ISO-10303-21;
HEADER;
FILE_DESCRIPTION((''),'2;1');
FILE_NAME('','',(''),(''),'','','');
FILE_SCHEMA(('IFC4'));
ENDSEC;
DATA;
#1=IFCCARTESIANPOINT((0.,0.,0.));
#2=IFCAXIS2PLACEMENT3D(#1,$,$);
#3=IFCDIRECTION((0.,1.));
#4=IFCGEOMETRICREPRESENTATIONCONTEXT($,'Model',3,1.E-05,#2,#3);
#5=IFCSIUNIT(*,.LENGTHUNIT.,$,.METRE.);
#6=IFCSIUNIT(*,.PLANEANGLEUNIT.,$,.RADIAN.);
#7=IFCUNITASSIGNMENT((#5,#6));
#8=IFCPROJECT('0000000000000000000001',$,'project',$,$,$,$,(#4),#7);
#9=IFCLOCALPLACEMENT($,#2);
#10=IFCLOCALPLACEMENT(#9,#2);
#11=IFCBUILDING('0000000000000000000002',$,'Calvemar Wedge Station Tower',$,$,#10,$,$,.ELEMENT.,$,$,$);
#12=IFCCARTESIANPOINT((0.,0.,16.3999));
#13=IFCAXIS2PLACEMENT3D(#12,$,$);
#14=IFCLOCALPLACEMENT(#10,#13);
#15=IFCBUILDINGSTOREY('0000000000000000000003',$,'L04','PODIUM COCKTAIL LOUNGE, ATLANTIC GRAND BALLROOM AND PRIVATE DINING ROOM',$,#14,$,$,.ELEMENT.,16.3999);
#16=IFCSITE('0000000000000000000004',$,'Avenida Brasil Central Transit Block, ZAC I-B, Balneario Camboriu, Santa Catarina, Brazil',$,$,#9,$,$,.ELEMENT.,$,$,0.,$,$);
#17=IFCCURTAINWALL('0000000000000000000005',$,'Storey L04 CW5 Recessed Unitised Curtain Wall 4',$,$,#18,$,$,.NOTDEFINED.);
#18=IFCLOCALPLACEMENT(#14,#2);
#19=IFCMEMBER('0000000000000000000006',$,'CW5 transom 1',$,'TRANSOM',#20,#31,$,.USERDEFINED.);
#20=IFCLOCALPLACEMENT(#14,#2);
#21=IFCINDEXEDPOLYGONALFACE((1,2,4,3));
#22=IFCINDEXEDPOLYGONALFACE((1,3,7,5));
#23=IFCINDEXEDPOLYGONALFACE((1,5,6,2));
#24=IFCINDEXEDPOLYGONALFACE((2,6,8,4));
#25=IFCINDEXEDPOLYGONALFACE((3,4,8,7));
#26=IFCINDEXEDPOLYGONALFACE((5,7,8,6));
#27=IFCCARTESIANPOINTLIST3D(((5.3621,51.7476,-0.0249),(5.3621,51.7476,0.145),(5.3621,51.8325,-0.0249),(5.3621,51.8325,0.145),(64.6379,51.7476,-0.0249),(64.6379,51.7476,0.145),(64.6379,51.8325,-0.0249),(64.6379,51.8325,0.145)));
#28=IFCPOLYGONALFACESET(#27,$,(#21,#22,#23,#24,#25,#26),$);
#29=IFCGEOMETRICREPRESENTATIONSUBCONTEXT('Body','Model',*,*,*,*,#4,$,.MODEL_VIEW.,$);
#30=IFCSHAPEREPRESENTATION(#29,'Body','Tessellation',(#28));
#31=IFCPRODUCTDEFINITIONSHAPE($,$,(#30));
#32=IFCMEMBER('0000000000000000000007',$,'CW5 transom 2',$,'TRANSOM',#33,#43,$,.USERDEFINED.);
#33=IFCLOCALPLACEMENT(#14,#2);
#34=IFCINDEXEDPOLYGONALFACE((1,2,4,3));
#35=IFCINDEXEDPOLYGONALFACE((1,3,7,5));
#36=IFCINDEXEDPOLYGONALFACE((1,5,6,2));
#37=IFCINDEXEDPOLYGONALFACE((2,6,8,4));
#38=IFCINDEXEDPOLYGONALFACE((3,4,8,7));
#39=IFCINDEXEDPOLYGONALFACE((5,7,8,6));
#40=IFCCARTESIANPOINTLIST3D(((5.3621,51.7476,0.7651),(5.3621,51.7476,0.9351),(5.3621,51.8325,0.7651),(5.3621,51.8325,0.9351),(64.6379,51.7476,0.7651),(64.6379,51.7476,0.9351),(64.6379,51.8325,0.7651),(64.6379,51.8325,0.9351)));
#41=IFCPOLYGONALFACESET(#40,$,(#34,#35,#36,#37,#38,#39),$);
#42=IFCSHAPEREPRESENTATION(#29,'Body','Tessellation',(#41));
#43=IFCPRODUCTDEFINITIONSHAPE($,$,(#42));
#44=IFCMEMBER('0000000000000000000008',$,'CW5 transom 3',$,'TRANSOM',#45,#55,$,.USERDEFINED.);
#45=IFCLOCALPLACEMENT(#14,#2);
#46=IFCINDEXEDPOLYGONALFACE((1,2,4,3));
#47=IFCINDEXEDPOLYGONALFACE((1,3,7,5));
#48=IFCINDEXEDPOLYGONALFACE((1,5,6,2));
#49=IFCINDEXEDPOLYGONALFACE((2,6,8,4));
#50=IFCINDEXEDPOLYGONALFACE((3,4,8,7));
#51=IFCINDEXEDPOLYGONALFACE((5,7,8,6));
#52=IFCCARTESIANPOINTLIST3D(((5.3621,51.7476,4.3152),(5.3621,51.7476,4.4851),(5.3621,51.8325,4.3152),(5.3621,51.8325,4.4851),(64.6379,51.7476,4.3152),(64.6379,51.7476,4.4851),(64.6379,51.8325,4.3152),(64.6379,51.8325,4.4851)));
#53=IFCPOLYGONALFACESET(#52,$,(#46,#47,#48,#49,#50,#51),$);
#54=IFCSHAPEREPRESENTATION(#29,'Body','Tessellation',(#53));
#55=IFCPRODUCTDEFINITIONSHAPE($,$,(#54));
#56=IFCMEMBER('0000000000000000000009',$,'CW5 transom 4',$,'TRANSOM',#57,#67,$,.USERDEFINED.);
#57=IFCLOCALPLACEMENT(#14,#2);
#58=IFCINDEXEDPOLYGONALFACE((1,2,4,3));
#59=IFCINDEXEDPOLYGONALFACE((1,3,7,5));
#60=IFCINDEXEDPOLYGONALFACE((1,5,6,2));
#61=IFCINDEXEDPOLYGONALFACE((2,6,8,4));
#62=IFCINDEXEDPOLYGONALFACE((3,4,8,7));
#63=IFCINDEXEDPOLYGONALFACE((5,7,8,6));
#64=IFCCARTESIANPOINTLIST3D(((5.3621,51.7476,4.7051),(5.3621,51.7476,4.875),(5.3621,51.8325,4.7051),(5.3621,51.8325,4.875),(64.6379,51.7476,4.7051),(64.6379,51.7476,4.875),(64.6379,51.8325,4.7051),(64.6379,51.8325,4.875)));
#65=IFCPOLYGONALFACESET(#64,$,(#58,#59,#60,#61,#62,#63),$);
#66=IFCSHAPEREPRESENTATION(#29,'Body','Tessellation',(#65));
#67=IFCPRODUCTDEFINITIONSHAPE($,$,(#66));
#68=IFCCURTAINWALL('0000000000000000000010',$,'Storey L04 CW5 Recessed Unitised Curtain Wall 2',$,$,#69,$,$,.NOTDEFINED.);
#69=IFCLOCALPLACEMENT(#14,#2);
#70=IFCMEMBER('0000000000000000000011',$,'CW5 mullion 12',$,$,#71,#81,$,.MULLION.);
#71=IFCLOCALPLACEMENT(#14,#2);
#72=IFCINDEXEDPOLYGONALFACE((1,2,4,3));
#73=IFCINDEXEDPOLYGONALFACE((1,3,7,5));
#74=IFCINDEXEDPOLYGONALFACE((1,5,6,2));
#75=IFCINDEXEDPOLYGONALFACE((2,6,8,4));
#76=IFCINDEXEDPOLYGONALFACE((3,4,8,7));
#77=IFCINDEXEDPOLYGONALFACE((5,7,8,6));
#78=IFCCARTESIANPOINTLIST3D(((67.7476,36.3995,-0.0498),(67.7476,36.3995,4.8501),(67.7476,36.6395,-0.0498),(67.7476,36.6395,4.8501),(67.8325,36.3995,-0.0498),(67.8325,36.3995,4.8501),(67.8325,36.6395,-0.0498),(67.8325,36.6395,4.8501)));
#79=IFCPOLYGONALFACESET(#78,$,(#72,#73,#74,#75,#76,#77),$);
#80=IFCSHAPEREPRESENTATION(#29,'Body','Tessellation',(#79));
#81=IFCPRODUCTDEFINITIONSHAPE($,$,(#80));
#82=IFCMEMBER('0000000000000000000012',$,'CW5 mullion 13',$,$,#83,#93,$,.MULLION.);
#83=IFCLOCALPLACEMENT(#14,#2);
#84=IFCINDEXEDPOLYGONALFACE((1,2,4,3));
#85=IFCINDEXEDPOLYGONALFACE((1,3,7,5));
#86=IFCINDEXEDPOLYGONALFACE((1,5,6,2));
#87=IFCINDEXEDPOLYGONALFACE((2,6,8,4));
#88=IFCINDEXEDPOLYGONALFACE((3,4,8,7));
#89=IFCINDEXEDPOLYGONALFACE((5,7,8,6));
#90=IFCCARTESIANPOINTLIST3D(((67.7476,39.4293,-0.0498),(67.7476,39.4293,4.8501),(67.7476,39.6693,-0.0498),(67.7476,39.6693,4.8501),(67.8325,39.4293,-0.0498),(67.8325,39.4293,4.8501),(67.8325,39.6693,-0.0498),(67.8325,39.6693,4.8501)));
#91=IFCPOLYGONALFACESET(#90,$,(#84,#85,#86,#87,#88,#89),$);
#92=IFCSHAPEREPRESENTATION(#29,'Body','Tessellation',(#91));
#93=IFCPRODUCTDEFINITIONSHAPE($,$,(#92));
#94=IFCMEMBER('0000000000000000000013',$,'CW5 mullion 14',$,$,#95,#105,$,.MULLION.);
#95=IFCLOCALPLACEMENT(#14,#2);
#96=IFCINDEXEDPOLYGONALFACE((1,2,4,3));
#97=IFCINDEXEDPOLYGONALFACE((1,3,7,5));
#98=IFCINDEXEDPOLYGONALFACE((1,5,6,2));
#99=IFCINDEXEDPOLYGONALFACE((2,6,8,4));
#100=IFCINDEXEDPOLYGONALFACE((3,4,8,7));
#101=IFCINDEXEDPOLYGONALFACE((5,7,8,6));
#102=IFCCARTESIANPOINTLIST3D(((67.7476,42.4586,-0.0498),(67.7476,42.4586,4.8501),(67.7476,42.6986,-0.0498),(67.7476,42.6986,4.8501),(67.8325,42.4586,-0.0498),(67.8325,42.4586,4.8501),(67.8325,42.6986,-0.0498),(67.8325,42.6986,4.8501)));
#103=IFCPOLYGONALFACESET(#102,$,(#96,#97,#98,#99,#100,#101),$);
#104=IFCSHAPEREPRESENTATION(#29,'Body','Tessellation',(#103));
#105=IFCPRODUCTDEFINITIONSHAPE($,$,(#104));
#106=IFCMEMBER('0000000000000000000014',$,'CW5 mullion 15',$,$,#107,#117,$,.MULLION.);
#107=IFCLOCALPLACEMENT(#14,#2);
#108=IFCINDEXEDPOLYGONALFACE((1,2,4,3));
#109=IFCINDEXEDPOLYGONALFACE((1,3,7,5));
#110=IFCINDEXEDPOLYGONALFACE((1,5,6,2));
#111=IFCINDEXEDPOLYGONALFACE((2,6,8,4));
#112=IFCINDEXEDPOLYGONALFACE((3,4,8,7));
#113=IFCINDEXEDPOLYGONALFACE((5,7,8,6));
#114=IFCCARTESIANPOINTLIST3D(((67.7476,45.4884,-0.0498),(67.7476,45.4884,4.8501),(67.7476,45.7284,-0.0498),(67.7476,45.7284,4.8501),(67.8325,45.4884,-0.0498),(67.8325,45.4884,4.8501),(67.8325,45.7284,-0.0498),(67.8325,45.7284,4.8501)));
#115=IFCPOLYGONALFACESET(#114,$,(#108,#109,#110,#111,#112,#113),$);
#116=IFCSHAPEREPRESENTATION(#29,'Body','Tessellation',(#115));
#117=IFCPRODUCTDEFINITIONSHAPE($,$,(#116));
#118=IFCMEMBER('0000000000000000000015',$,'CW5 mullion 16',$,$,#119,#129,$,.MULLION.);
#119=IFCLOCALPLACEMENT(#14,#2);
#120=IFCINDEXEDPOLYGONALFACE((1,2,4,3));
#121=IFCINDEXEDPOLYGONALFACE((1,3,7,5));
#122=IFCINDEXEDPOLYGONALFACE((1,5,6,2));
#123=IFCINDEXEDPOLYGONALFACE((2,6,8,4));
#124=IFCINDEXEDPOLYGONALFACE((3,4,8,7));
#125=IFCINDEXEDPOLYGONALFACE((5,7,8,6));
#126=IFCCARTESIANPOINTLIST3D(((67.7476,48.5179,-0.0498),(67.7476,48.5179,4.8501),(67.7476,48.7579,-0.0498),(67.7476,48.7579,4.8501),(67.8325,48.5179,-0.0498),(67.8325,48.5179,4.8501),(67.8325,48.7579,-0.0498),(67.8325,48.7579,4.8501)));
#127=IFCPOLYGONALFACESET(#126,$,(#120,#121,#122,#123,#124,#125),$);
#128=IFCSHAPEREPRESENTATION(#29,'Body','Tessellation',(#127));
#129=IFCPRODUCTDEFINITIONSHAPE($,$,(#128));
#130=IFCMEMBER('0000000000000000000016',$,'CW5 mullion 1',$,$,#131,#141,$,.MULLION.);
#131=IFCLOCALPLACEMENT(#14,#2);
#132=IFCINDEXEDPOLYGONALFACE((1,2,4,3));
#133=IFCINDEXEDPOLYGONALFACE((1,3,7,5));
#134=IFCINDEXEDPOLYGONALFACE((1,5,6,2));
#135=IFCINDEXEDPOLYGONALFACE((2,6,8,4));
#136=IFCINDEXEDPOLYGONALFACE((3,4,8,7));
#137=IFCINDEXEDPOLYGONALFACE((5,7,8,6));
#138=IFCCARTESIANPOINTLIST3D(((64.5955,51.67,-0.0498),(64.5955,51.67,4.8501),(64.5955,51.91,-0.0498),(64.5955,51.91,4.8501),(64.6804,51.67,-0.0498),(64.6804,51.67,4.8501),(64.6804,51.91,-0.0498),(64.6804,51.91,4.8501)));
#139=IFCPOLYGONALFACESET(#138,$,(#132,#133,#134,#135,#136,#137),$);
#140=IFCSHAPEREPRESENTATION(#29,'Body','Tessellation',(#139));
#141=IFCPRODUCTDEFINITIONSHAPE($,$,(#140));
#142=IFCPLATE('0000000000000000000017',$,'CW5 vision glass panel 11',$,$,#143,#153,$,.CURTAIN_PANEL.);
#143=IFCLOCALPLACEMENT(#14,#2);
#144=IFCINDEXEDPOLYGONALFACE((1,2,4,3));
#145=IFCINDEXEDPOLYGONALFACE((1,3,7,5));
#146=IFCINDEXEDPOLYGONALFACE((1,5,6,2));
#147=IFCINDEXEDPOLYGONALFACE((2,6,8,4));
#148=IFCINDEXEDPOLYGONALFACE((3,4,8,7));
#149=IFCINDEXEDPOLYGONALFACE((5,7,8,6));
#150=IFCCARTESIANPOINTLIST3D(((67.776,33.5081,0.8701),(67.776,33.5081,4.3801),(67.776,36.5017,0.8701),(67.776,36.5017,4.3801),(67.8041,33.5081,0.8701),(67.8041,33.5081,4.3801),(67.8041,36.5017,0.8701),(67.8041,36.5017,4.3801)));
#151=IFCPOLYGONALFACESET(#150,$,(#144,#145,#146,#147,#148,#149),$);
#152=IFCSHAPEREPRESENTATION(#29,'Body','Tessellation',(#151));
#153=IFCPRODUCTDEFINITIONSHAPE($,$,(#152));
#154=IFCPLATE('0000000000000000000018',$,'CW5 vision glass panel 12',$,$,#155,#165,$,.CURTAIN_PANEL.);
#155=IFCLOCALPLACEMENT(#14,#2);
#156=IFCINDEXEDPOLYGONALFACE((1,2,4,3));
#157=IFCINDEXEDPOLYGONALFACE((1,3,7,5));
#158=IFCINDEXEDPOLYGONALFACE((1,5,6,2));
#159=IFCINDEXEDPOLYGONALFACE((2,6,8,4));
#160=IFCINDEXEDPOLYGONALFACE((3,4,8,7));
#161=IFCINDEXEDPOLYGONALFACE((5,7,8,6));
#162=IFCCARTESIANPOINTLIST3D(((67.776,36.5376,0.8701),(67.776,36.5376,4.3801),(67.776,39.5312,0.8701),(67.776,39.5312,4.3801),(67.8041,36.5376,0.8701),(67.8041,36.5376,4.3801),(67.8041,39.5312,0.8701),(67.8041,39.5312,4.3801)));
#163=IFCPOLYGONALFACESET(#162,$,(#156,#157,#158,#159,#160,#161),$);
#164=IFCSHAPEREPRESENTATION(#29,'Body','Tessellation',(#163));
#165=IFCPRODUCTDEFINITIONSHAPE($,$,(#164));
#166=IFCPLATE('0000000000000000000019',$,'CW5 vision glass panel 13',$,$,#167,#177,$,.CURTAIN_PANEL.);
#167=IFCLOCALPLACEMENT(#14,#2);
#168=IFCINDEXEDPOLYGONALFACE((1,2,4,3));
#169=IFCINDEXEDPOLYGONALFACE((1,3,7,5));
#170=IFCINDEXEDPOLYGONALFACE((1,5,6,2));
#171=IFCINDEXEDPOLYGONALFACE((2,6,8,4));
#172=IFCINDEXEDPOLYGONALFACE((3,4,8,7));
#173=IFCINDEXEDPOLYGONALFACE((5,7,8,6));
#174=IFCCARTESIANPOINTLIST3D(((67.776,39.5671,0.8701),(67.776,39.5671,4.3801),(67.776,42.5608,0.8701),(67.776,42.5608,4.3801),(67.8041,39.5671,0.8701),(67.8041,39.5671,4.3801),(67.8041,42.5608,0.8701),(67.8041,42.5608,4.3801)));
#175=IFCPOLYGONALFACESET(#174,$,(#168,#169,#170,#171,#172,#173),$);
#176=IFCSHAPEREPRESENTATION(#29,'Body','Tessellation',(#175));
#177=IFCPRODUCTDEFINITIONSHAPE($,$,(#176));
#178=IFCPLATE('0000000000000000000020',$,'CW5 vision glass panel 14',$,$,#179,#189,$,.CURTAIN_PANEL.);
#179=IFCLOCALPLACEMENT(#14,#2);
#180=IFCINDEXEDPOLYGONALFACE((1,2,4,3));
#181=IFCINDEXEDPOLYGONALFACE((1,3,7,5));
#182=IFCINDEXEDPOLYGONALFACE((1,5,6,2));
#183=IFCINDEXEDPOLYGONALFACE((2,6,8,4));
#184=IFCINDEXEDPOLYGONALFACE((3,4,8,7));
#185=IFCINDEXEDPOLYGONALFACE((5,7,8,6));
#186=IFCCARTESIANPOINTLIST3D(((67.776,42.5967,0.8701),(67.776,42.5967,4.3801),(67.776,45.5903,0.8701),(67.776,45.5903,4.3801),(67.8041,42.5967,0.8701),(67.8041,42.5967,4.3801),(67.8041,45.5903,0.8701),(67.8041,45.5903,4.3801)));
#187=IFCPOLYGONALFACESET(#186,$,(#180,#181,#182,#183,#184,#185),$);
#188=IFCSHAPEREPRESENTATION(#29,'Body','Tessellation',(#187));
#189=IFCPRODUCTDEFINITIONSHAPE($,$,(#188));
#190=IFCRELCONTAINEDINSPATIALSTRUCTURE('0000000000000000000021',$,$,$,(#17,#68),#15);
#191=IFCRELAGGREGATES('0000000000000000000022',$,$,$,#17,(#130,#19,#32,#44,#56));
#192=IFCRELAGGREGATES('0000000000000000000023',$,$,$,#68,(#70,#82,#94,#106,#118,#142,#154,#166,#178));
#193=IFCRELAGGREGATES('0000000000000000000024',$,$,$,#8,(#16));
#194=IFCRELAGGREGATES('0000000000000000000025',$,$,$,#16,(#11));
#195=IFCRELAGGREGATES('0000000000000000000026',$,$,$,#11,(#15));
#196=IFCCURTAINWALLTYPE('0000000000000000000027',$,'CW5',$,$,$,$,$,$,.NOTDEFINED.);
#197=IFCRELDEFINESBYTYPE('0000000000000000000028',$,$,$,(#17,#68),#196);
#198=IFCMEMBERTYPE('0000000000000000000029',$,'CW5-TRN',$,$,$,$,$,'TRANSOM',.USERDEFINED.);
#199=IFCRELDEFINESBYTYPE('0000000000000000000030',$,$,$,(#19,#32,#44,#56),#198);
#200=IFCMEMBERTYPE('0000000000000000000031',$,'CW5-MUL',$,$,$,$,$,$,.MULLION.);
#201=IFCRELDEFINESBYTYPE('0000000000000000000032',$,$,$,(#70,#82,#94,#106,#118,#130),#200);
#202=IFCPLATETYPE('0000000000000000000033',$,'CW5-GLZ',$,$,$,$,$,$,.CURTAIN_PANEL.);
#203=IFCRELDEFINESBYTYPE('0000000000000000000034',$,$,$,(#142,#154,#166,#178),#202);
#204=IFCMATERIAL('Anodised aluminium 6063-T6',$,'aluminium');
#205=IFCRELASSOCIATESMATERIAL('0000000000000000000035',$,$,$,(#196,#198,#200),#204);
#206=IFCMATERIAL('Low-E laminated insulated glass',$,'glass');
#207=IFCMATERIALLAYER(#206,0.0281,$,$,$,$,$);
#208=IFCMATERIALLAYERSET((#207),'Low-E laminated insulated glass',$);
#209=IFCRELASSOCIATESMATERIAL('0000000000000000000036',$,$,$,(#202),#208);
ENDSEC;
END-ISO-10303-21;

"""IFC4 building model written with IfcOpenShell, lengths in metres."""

from ifc_helpers import new_model, si_unit, direction, frame, frame_2d, origin, origin_2d, place, context, subcontext, project, spatial, rectangle, extrude, source, transform, mapped, material, layer, layer_set, material_profile, profile_set, type_object, element, aggregate, save


model = new_model("IFC4")

# Units and contexts
model_context = context("Model", 3, precision=1e-05, world=origin(), true_north=direction((0.0, 1.0)))
body_context = subcontext(model_context, "Body", "Model", "MODEL_VIEW")
ifc_project = project(units=[si_unit("LENGTHUNIT", "METRE"), si_unit("PLANEANGLEUNIT", "RADIAN")], contexts=[model_context])

# Site, building, storey
site_placement = place(None, origin())
site = spatial("IfcSite", under=ifc_project, at=site_placement, Name="Avenida Brasil Central Transit Block, ZAC I-B, Balneario Camboriu, Santa Catarina, Brazil", CompositionType="ELEMENT", RefElevation=0.0)
building_placement = place(site_placement, origin())
building = spatial("IfcBuilding", under=site, at=building_placement, Name="Calvemar Wedge Station Tower", CompositionType="ELEMENT")
storey_placement = place(building_placement, frame((0.0, 0.0, 16.3999)))
storey = spatial("IfcBuildingStorey", under=building, at=storey_placement, Name="L04", Description="PODIUM COCKTAIL LOUNGE, ATLANTIC GRAND BALLROOM AND PRIVATE DINING ROOM", CompositionType="ELEMENT", Elevation=16.3999)

# Curtain walls, members
ifc_material_1 = material(Name="Anodised aluminium 6063-T6", Category="aluminium")
curtain_wall_type = type_object("IfcCurtainWallType", Name="CW5", PredefinedType="NOTDEFINED", material=ifc_material_1)
curtain_wall_1_placement = place(storey_placement, origin())
curtain_wall_1 = element("IfcCurtainWall", 1, at=curtain_wall_1_placement, inside=storey, type_object=curtain_wall_type, Name="Storey L04 CW5 Recessed Unitised Curtain Wall 4", PredefinedType="NOTDEFINED")
ifc_material_profile_1 = material_profile(ifc_material_1, rectangle(XDim=0.085, YDim=0.1699, at=origin_2d()), Name="AL-TRN-85x170")
ifc_profile_set_1 = profile_set([ifc_material_profile_1], Name="Anodised aluminium 6063-T6")
member_type_1 = type_object("IfcMemberType", Name="CW5-TRN", ElementType="TRANSOM", PredefinedType="USERDEFINED", material=ifc_profile_set_1)
shared_shape_1 = source(origin(), body_context, "Body", "SweptSolid", [
    extrude(rectangle(XDim=0.085, YDim=0.1699, at=origin_2d()), origin(), (0.0, 0.0, 1.0), 59.2759),
])
member_1_placement = place(storey_placement, frame((64.6379, 51.79, 0.0601), z_axis=(-1.0, 0.0, 0.0), x_axis=(0.0, -1.0, 0.0)))
member_1 = element("IfcMember", 2, at=member_1_placement, type_object=member_type_1, Name="CW5 transom 1", ObjectType="TRANSOM", PredefinedType="USERDEFINED", context=body_context, shape_type="MappedRepresentation", body=[
    mapped(shared_shape_1, transform((0.0, 0.0, 0.0), scale=1.0)),
])
member_2_placement = place(storey_placement, frame((64.6379, 51.79, 0.8501), z_axis=(-1.0, 0.0, 0.0), x_axis=(0.0, -1.0, 0.0)))
member_2 = element("IfcMember", 3, at=member_2_placement, type_object=member_type_1, Name="CW5 transom 2", ObjectType="TRANSOM", PredefinedType="USERDEFINED", context=body_context, shape_type="MappedRepresentation", body=[
    mapped(shared_shape_1, transform((0.0, 0.0, 0.0), scale=1.0)),
])
member_3_placement = place(storey_placement, frame((64.6379, 51.79, 4.4001), z_axis=(-1.0, 0.0, 0.0), x_axis=(0.0, -1.0, 0.0)))
member_3 = element("IfcMember", 4, at=member_3_placement, type_object=member_type_1, Name="CW5 transom 3", ObjectType="TRANSOM", PredefinedType="USERDEFINED", context=body_context, shape_type="MappedRepresentation", body=[
    mapped(shared_shape_1, transform((0.0, 0.0, 0.0), scale=1.0)),
])
member_4_placement = place(storey_placement, frame((64.6379, 51.79, 4.79), z_axis=(-1.0, 0.0, 0.0), x_axis=(0.0, -1.0, 0.0)))
member_4 = element("IfcMember", 5, at=member_4_placement, type_object=member_type_1, Name="CW5 transom 4", ObjectType="TRANSOM", PredefinedType="USERDEFINED", context=body_context, shape_type="MappedRepresentation", body=[
    mapped(shared_shape_1, transform((0.0, 0.0, 0.0), scale=1.0)),
])
curtain_wall_2_placement = place(storey_placement, origin())
curtain_wall_2 = element("IfcCurtainWall", 6, at=curtain_wall_2_placement, inside=storey, type_object=curtain_wall_type, Name="Storey L04 CW5 Recessed Unitised Curtain Wall 2", PredefinedType="NOTDEFINED")
ifc_material_profile_2 = material_profile(ifc_material_1, rectangle(XDim=0.085, YDim=0.24, at=origin_2d()), Name="AL-MUL-85x240")
ifc_profile_set_2 = profile_set([ifc_material_profile_2], Name="Anodised aluminium 6063-T6")
member_type_2 = type_object("IfcMemberType", Name="CW5-MUL", PredefinedType="MULLION", material=ifc_profile_set_2)
shared_shape_2 = source(origin(), body_context, "Body", "SweptSolid", [
    extrude(rectangle(XDim=0.085, YDim=0.24, at=origin_2d()), origin(), (0.0, 0.0, 1.0), 4.8999),
])
member_5_placement = place(storey_placement, frame((67.79, 36.5195, -0.0498), z_axis=(0.0, 0.0, 1.0), x_axis=(1.0, 0.0, 0.0)))
member_5 = element("IfcMember", 7, at=member_5_placement, type_object=member_type_2, Name="CW5 mullion 12", PredefinedType="MULLION", context=body_context, shape_type="MappedRepresentation", body=[
    mapped(shared_shape_2, transform((0.0, 0.0, 0.0), scale=1.0)),
])
member_6_placement = place(storey_placement, frame((67.79, 39.5493, -0.0498), z_axis=(0.0, 0.0, 1.0), x_axis=(1.0, 0.0, 0.0)))
member_6 = element("IfcMember", 8, at=member_6_placement, type_object=member_type_2, Name="CW5 mullion 13", PredefinedType="MULLION", context=body_context, shape_type="MappedRepresentation", body=[
    mapped(shared_shape_2, transform((0.0, 0.0, 0.0), scale=1.0)),
])
member_7_placement = place(storey_placement, frame((67.79, 42.5786, -0.0498), z_axis=(0.0, 0.0, 1.0), x_axis=(1.0, 0.0, 0.0)))
member_7 = element("IfcMember", 9, at=member_7_placement, type_object=member_type_2, Name="CW5 mullion 14", PredefinedType="MULLION", context=body_context, shape_type="MappedRepresentation", body=[
    mapped(shared_shape_2, transform((0.0, 0.0, 0.0), scale=1.0)),
])
member_8_placement = place(storey_placement, frame((67.79, 45.6084, -0.0498), z_axis=(0.0, 0.0, 1.0), x_axis=(1.0, 0.0, 0.0)))
member_8 = element("IfcMember", 10, at=member_8_placement, type_object=member_type_2, Name="CW5 mullion 15", PredefinedType="MULLION", context=body_context, shape_type="MappedRepresentation", body=[
    mapped(shared_shape_2, transform((0.0, 0.0, 0.0), scale=1.0)),
])
member_9_placement = place(storey_placement, frame((67.79, 48.6379, -0.0498), z_axis=(0.0, 0.0, 1.0), x_axis=(1.0, 0.0, 0.0)))
member_9 = element("IfcMember", 11, at=member_9_placement, type_object=member_type_2, Name="CW5 mullion 16", PredefinedType="MULLION", context=body_context, shape_type="MappedRepresentation", body=[
    mapped(shared_shape_2, transform((0.0, 0.0, 0.0), scale=1.0)),
])

# Member
member_10_placement = place(storey_placement, frame((64.6379, 51.79, -0.0498), z_axis=(0.0, 0.0, 1.0), x_axis=(1.0, 0.0, 0.0)))
member_10 = element("IfcMember", 12, at=member_10_placement, type_object=member_type_2, Name="CW5 mullion 1", PredefinedType="MULLION", context=body_context, shape_type="MappedRepresentation", body=[
    mapped(shared_shape_2, transform((0.0, 0.0, 0.0), scale=1.0)),
])
aggregate(curtain_wall_1, [member_10, member_1, member_2, member_3, member_4])

# Plates
ifc_material_2 = material(Name="Low-E laminated insulated glass", Category="glass")
ifc_layer_1 = layer(ifc_material_2, 0.0281)
ifc_layer_set_1 = layer_set([ifc_layer_1], Name="Low-E laminated insulated glass")
plate_type_1 = type_object("IfcPlateType", Name="CW5-GLZ", PredefinedType="CURTAIN_PANEL", material=ifc_layer_set_1)
plate_1_placement = place(storey_placement, frame((67.79, 33.5081, 0.8701), z_axis=(0.0, 0.0, 1.0), x_axis=(0.0, 1.0, 0.0)))
plate_1 = element("IfcPlate", 13, at=plate_1_placement, type_object=plate_type_1, Name="CW5 vision glass panel 11", PredefinedType="CURTAIN_PANEL", context=body_context, shape_type="SweptSolid", body=[
    extrude(rectangle(XDim=2.9937, YDim=0.0281, at=frame_2d((1.4968, 0.0))), origin(), (0.0, 0.0, 1.0), 3.51),
])
plate_2_placement = place(storey_placement, frame((67.79, 36.5376, 0.8701), z_axis=(0.0, 0.0, 1.0), x_axis=(0.0, 1.0, 0.0)))
plate_2 = element("IfcPlate", 14, at=plate_2_placement, type_object=plate_type_1, Name="CW5 vision glass panel 12", PredefinedType="CURTAIN_PANEL", context=body_context, shape_type="SweptSolid", body=[
    extrude(rectangle(XDim=2.9937, YDim=0.0281, at=frame_2d((1.4968, 0.0))), origin(), (0.0, 0.0, 1.0), 3.51),
])
plate_3_placement = place(storey_placement, frame((67.79, 39.5671, 0.8701), z_axis=(0.0, 0.0, 1.0), x_axis=(0.0, 1.0, 0.0)))
plate_3 = element("IfcPlate", 15, at=plate_3_placement, type_object=plate_type_1, Name="CW5 vision glass panel 13", PredefinedType="CURTAIN_PANEL", context=body_context, shape_type="SweptSolid", body=[
    extrude(rectangle(XDim=2.9937, YDim=0.0281, at=frame_2d((1.4968, 0.0))), origin(), (0.0, 0.0, 1.0), 3.51),
])
plate_4_placement = place(storey_placement, frame((67.79, 42.5967, 0.8701), z_axis=(0.0, 0.0, 1.0), x_axis=(0.0, 1.0, 0.0)))
plate_4 = element("IfcPlate", 16, at=plate_4_placement, type_object=plate_type_1, Name="CW5 vision glass panel 14", PredefinedType="CURTAIN_PANEL", context=body_context, shape_type="SweptSolid", body=[
    extrude(rectangle(XDim=2.9937, YDim=0.0281, at=frame_2d((1.4968, 0.0))), origin(), (0.0, 0.0, 1.0), 3.51),
])
aggregate(curtain_wall_2, [member_5, member_6, member_7, member_8, member_9, plate_1, plate_2, plate_3, plate_4])

save(model, "model.ifc")
